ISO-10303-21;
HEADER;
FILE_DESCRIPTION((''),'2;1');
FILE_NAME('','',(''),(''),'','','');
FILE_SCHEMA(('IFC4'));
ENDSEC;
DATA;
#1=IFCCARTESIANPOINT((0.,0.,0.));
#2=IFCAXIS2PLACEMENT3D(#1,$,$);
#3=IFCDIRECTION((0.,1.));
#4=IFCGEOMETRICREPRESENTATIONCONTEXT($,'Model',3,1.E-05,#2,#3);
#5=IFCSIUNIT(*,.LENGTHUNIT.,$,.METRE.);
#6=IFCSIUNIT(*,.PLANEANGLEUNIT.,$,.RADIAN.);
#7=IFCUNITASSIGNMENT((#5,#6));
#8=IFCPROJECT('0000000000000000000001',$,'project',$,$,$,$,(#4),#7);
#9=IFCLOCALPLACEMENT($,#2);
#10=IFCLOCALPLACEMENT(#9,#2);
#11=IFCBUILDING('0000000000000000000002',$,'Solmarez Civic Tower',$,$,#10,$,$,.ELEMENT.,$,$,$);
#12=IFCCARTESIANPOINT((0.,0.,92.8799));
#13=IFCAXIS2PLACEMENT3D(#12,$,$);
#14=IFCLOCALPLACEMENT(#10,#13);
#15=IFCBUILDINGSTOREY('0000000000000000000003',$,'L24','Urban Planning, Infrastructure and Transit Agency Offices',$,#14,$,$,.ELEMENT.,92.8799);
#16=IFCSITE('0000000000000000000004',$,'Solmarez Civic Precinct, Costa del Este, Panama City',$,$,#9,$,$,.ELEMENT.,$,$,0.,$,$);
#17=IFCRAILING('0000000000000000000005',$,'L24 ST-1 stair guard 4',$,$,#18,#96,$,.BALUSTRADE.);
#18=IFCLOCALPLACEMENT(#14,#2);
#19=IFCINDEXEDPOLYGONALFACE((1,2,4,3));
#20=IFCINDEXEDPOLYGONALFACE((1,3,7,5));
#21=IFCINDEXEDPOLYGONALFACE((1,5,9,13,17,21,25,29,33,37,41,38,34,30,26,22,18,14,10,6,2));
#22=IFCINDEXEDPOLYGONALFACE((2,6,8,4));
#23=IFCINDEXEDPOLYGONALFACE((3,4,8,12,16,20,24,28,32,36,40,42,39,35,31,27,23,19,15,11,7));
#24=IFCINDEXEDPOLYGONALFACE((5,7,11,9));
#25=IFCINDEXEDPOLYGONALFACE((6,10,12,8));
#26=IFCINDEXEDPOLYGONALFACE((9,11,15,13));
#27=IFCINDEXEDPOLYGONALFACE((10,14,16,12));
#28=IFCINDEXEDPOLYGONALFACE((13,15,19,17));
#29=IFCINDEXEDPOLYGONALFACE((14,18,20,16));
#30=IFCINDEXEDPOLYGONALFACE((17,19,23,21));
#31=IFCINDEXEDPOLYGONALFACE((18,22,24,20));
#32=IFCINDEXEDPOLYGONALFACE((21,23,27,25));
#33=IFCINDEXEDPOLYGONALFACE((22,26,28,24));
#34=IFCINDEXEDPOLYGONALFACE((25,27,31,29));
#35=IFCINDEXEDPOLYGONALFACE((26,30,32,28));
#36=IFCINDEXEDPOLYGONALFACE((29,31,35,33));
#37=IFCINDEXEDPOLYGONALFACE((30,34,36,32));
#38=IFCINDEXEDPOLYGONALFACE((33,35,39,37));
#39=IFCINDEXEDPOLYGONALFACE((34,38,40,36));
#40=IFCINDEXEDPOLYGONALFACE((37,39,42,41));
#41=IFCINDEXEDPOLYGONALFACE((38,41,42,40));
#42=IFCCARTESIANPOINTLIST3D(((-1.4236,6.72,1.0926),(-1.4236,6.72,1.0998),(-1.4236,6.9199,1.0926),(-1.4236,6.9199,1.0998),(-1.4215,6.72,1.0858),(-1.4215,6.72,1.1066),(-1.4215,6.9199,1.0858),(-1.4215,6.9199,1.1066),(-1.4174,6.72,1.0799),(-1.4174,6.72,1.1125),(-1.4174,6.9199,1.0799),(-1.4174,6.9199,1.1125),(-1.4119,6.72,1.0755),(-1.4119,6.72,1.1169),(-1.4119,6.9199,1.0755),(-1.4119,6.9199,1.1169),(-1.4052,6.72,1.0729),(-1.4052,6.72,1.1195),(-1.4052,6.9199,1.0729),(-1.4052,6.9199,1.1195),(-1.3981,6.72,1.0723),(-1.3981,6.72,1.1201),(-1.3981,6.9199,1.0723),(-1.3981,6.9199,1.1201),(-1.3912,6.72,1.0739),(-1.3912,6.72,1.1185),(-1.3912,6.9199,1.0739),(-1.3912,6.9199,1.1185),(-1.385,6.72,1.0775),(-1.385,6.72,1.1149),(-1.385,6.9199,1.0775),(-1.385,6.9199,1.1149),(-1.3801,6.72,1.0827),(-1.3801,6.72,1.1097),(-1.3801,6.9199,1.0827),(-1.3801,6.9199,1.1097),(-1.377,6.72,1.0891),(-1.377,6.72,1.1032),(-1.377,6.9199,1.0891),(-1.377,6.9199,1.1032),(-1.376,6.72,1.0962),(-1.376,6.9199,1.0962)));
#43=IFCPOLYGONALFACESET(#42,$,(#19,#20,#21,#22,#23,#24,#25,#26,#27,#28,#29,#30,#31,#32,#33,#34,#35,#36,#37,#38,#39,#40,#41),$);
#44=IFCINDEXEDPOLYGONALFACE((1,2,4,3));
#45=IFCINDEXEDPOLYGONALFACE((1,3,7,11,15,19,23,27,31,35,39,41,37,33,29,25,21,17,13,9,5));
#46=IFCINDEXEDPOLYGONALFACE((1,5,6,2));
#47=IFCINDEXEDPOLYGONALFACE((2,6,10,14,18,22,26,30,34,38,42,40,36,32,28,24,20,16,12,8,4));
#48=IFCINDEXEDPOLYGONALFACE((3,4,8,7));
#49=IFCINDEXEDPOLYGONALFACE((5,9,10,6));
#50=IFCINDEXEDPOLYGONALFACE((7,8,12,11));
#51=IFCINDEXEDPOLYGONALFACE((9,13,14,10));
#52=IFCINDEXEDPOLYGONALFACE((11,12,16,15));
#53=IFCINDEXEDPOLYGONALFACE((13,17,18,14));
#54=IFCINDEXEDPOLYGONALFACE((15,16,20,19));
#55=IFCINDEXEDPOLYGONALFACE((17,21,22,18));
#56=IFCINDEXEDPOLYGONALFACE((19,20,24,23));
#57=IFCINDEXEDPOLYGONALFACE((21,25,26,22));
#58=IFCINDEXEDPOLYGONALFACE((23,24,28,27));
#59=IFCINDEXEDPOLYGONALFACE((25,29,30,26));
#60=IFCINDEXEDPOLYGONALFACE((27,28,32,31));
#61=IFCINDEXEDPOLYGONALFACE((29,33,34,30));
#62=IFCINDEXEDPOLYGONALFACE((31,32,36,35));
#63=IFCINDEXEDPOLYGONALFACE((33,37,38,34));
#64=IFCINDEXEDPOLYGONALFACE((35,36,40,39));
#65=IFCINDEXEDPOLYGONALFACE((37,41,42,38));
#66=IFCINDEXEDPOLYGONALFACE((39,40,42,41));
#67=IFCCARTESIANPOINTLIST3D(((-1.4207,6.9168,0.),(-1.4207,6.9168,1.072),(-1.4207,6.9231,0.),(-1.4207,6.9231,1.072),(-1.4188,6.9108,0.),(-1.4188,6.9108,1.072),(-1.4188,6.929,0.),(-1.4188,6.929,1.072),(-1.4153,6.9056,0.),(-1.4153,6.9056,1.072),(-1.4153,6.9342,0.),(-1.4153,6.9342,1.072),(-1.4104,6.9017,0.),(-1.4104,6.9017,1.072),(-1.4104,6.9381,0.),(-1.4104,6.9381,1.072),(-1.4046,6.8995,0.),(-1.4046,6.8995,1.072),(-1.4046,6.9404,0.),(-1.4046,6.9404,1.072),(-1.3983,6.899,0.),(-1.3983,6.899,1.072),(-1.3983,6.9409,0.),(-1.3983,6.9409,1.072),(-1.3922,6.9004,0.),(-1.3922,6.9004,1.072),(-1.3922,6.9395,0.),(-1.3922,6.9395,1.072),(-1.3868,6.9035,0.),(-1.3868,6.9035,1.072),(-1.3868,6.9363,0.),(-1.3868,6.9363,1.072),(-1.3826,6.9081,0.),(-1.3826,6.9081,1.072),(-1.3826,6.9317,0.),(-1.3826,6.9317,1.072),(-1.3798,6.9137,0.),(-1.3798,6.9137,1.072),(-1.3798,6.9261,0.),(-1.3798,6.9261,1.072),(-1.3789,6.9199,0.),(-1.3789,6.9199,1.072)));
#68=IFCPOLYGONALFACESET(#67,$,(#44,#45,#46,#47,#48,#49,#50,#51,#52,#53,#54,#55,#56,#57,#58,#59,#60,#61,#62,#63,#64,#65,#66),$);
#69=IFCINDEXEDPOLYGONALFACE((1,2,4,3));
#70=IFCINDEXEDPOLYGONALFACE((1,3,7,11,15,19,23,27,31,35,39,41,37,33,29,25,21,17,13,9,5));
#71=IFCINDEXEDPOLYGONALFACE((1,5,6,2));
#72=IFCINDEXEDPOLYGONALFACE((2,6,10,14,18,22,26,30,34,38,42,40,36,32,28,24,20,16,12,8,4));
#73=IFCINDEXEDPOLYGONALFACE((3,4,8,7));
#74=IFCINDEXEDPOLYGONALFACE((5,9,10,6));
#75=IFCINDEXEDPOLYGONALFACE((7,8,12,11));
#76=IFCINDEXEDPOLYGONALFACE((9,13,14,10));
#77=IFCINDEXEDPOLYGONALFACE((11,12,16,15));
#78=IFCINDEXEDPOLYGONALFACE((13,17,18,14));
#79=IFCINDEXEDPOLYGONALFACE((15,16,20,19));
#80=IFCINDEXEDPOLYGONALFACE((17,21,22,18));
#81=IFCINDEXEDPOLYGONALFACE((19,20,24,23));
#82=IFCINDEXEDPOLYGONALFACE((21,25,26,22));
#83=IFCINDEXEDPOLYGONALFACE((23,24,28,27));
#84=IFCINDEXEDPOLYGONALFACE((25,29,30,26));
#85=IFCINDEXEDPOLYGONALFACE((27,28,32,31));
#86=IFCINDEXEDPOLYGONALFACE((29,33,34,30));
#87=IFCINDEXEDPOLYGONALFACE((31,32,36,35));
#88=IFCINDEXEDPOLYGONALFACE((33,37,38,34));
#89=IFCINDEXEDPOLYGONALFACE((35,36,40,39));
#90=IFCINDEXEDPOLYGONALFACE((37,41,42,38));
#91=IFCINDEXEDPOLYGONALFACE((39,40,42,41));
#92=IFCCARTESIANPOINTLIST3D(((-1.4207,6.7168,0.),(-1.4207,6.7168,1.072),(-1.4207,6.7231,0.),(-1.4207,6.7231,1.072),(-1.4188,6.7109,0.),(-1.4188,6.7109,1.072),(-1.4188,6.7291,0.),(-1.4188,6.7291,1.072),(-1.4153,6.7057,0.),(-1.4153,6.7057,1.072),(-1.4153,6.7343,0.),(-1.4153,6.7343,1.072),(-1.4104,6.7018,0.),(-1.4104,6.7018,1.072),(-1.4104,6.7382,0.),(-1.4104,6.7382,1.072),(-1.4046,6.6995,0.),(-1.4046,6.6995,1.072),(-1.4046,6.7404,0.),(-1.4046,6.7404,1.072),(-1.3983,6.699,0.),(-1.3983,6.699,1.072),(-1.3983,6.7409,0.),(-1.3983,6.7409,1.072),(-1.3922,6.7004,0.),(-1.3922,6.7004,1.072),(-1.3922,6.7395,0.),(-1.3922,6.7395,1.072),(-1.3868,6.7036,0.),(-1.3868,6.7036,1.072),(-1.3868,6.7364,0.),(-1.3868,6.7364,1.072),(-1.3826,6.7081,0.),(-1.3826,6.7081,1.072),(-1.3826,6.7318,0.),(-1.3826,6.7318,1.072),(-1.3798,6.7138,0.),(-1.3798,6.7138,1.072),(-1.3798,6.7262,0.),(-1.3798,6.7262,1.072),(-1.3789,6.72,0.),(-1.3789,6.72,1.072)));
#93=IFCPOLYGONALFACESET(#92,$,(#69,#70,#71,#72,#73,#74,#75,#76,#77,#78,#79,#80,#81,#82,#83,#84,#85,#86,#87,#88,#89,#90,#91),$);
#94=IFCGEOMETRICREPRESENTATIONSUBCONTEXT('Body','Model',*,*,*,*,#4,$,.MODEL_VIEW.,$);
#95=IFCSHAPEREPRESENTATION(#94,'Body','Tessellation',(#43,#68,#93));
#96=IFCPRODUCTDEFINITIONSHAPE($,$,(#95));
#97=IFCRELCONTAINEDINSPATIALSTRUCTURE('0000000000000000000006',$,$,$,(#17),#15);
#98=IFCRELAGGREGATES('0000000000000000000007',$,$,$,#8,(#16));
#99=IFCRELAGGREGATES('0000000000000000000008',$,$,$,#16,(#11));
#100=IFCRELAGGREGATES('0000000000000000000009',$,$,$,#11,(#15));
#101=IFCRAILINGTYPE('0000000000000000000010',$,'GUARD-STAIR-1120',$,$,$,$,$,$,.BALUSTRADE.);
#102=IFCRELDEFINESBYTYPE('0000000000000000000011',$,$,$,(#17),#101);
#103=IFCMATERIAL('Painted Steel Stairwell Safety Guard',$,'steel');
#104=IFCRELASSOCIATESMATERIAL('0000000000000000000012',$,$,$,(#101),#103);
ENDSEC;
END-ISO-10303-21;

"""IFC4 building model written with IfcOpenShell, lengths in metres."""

from ifc_helpers import new_model, si_unit, direction, frame, origin, origin_2d, place, context, subcontext, project, spatial, circle, extrude, material, type_object, element, save


model = new_model("IFC4")

# Units and contexts
model_context = context("Model", 3, precision=1e-05, world=origin(), true_north=direction((0.0, 1.0)))
body_context = subcontext(model_context, "Body", "Model", "MODEL_VIEW")
ifc_project = project(units=[si_unit("LENGTHUNIT", "METRE"), si_unit("PLANEANGLEUNIT", "RADIAN")], contexts=[model_context])

# Site, building, storey
site_placement = place(None, origin())
site = spatial("IfcSite", under=ifc_project, at=site_placement, Name="Solmarez Civic Precinct, Costa del Este, Panama City", CompositionType="ELEMENT", RefElevation=0.0)
building_placement = place(site_placement, origin())
building = spatial("IfcBuilding", under=site, at=building_placement, Name="Solmarez Civic Tower", CompositionType="ELEMENT")
storey_placement = place(building_placement, frame((0.0, 0.0, 92.8799)))
storey = spatial("IfcBuildingStorey", under=building, at=storey_placement, Name="L24", Description="Urban Planning, Infrastructure and Transit Agency Offices", CompositionType="ELEMENT", Elevation=92.8799)

# Railing
ifc_material_1 = material(Name="Painted Steel Stairwell Safety Guard", Category="steel")
railing_type_1 = type_object("IfcRailingType", Name="GUARD-STAIR-1120", PredefinedType="BALUSTRADE", material=ifc_material_1)
railing_1_placement = place(storey_placement, frame((-1.3999, 6.9199, 0.0)))
element("IfcRailing", 1, at=railing_1_placement, inside=storey, type_object=railing_type_1, Name="L24 ST-1 stair guard 4", PredefinedType="BALUSTRADE", context=body_context, shape_type="SweptSolid", body=[
    extrude(circle(Radius=0.0239, at=origin_2d()), frame((0.0, 0.0, 1.0962), z_axis=(0.0, -1.0, 0.0), x_axis=(1.0, 0.0, 0.0)), (0.0, 0.0, 1.0), 0.2),
    extrude(circle(Radius=0.021, at=origin_2d()), origin(), (0.0, 0.0, 1.0), 1.072),
    extrude(circle(Radius=0.021, at=origin_2d()), frame((0.0, -0.2, 0.0)), (0.0, 0.0, 1.0), 1.072),
])

save(model, "model.ifc")
